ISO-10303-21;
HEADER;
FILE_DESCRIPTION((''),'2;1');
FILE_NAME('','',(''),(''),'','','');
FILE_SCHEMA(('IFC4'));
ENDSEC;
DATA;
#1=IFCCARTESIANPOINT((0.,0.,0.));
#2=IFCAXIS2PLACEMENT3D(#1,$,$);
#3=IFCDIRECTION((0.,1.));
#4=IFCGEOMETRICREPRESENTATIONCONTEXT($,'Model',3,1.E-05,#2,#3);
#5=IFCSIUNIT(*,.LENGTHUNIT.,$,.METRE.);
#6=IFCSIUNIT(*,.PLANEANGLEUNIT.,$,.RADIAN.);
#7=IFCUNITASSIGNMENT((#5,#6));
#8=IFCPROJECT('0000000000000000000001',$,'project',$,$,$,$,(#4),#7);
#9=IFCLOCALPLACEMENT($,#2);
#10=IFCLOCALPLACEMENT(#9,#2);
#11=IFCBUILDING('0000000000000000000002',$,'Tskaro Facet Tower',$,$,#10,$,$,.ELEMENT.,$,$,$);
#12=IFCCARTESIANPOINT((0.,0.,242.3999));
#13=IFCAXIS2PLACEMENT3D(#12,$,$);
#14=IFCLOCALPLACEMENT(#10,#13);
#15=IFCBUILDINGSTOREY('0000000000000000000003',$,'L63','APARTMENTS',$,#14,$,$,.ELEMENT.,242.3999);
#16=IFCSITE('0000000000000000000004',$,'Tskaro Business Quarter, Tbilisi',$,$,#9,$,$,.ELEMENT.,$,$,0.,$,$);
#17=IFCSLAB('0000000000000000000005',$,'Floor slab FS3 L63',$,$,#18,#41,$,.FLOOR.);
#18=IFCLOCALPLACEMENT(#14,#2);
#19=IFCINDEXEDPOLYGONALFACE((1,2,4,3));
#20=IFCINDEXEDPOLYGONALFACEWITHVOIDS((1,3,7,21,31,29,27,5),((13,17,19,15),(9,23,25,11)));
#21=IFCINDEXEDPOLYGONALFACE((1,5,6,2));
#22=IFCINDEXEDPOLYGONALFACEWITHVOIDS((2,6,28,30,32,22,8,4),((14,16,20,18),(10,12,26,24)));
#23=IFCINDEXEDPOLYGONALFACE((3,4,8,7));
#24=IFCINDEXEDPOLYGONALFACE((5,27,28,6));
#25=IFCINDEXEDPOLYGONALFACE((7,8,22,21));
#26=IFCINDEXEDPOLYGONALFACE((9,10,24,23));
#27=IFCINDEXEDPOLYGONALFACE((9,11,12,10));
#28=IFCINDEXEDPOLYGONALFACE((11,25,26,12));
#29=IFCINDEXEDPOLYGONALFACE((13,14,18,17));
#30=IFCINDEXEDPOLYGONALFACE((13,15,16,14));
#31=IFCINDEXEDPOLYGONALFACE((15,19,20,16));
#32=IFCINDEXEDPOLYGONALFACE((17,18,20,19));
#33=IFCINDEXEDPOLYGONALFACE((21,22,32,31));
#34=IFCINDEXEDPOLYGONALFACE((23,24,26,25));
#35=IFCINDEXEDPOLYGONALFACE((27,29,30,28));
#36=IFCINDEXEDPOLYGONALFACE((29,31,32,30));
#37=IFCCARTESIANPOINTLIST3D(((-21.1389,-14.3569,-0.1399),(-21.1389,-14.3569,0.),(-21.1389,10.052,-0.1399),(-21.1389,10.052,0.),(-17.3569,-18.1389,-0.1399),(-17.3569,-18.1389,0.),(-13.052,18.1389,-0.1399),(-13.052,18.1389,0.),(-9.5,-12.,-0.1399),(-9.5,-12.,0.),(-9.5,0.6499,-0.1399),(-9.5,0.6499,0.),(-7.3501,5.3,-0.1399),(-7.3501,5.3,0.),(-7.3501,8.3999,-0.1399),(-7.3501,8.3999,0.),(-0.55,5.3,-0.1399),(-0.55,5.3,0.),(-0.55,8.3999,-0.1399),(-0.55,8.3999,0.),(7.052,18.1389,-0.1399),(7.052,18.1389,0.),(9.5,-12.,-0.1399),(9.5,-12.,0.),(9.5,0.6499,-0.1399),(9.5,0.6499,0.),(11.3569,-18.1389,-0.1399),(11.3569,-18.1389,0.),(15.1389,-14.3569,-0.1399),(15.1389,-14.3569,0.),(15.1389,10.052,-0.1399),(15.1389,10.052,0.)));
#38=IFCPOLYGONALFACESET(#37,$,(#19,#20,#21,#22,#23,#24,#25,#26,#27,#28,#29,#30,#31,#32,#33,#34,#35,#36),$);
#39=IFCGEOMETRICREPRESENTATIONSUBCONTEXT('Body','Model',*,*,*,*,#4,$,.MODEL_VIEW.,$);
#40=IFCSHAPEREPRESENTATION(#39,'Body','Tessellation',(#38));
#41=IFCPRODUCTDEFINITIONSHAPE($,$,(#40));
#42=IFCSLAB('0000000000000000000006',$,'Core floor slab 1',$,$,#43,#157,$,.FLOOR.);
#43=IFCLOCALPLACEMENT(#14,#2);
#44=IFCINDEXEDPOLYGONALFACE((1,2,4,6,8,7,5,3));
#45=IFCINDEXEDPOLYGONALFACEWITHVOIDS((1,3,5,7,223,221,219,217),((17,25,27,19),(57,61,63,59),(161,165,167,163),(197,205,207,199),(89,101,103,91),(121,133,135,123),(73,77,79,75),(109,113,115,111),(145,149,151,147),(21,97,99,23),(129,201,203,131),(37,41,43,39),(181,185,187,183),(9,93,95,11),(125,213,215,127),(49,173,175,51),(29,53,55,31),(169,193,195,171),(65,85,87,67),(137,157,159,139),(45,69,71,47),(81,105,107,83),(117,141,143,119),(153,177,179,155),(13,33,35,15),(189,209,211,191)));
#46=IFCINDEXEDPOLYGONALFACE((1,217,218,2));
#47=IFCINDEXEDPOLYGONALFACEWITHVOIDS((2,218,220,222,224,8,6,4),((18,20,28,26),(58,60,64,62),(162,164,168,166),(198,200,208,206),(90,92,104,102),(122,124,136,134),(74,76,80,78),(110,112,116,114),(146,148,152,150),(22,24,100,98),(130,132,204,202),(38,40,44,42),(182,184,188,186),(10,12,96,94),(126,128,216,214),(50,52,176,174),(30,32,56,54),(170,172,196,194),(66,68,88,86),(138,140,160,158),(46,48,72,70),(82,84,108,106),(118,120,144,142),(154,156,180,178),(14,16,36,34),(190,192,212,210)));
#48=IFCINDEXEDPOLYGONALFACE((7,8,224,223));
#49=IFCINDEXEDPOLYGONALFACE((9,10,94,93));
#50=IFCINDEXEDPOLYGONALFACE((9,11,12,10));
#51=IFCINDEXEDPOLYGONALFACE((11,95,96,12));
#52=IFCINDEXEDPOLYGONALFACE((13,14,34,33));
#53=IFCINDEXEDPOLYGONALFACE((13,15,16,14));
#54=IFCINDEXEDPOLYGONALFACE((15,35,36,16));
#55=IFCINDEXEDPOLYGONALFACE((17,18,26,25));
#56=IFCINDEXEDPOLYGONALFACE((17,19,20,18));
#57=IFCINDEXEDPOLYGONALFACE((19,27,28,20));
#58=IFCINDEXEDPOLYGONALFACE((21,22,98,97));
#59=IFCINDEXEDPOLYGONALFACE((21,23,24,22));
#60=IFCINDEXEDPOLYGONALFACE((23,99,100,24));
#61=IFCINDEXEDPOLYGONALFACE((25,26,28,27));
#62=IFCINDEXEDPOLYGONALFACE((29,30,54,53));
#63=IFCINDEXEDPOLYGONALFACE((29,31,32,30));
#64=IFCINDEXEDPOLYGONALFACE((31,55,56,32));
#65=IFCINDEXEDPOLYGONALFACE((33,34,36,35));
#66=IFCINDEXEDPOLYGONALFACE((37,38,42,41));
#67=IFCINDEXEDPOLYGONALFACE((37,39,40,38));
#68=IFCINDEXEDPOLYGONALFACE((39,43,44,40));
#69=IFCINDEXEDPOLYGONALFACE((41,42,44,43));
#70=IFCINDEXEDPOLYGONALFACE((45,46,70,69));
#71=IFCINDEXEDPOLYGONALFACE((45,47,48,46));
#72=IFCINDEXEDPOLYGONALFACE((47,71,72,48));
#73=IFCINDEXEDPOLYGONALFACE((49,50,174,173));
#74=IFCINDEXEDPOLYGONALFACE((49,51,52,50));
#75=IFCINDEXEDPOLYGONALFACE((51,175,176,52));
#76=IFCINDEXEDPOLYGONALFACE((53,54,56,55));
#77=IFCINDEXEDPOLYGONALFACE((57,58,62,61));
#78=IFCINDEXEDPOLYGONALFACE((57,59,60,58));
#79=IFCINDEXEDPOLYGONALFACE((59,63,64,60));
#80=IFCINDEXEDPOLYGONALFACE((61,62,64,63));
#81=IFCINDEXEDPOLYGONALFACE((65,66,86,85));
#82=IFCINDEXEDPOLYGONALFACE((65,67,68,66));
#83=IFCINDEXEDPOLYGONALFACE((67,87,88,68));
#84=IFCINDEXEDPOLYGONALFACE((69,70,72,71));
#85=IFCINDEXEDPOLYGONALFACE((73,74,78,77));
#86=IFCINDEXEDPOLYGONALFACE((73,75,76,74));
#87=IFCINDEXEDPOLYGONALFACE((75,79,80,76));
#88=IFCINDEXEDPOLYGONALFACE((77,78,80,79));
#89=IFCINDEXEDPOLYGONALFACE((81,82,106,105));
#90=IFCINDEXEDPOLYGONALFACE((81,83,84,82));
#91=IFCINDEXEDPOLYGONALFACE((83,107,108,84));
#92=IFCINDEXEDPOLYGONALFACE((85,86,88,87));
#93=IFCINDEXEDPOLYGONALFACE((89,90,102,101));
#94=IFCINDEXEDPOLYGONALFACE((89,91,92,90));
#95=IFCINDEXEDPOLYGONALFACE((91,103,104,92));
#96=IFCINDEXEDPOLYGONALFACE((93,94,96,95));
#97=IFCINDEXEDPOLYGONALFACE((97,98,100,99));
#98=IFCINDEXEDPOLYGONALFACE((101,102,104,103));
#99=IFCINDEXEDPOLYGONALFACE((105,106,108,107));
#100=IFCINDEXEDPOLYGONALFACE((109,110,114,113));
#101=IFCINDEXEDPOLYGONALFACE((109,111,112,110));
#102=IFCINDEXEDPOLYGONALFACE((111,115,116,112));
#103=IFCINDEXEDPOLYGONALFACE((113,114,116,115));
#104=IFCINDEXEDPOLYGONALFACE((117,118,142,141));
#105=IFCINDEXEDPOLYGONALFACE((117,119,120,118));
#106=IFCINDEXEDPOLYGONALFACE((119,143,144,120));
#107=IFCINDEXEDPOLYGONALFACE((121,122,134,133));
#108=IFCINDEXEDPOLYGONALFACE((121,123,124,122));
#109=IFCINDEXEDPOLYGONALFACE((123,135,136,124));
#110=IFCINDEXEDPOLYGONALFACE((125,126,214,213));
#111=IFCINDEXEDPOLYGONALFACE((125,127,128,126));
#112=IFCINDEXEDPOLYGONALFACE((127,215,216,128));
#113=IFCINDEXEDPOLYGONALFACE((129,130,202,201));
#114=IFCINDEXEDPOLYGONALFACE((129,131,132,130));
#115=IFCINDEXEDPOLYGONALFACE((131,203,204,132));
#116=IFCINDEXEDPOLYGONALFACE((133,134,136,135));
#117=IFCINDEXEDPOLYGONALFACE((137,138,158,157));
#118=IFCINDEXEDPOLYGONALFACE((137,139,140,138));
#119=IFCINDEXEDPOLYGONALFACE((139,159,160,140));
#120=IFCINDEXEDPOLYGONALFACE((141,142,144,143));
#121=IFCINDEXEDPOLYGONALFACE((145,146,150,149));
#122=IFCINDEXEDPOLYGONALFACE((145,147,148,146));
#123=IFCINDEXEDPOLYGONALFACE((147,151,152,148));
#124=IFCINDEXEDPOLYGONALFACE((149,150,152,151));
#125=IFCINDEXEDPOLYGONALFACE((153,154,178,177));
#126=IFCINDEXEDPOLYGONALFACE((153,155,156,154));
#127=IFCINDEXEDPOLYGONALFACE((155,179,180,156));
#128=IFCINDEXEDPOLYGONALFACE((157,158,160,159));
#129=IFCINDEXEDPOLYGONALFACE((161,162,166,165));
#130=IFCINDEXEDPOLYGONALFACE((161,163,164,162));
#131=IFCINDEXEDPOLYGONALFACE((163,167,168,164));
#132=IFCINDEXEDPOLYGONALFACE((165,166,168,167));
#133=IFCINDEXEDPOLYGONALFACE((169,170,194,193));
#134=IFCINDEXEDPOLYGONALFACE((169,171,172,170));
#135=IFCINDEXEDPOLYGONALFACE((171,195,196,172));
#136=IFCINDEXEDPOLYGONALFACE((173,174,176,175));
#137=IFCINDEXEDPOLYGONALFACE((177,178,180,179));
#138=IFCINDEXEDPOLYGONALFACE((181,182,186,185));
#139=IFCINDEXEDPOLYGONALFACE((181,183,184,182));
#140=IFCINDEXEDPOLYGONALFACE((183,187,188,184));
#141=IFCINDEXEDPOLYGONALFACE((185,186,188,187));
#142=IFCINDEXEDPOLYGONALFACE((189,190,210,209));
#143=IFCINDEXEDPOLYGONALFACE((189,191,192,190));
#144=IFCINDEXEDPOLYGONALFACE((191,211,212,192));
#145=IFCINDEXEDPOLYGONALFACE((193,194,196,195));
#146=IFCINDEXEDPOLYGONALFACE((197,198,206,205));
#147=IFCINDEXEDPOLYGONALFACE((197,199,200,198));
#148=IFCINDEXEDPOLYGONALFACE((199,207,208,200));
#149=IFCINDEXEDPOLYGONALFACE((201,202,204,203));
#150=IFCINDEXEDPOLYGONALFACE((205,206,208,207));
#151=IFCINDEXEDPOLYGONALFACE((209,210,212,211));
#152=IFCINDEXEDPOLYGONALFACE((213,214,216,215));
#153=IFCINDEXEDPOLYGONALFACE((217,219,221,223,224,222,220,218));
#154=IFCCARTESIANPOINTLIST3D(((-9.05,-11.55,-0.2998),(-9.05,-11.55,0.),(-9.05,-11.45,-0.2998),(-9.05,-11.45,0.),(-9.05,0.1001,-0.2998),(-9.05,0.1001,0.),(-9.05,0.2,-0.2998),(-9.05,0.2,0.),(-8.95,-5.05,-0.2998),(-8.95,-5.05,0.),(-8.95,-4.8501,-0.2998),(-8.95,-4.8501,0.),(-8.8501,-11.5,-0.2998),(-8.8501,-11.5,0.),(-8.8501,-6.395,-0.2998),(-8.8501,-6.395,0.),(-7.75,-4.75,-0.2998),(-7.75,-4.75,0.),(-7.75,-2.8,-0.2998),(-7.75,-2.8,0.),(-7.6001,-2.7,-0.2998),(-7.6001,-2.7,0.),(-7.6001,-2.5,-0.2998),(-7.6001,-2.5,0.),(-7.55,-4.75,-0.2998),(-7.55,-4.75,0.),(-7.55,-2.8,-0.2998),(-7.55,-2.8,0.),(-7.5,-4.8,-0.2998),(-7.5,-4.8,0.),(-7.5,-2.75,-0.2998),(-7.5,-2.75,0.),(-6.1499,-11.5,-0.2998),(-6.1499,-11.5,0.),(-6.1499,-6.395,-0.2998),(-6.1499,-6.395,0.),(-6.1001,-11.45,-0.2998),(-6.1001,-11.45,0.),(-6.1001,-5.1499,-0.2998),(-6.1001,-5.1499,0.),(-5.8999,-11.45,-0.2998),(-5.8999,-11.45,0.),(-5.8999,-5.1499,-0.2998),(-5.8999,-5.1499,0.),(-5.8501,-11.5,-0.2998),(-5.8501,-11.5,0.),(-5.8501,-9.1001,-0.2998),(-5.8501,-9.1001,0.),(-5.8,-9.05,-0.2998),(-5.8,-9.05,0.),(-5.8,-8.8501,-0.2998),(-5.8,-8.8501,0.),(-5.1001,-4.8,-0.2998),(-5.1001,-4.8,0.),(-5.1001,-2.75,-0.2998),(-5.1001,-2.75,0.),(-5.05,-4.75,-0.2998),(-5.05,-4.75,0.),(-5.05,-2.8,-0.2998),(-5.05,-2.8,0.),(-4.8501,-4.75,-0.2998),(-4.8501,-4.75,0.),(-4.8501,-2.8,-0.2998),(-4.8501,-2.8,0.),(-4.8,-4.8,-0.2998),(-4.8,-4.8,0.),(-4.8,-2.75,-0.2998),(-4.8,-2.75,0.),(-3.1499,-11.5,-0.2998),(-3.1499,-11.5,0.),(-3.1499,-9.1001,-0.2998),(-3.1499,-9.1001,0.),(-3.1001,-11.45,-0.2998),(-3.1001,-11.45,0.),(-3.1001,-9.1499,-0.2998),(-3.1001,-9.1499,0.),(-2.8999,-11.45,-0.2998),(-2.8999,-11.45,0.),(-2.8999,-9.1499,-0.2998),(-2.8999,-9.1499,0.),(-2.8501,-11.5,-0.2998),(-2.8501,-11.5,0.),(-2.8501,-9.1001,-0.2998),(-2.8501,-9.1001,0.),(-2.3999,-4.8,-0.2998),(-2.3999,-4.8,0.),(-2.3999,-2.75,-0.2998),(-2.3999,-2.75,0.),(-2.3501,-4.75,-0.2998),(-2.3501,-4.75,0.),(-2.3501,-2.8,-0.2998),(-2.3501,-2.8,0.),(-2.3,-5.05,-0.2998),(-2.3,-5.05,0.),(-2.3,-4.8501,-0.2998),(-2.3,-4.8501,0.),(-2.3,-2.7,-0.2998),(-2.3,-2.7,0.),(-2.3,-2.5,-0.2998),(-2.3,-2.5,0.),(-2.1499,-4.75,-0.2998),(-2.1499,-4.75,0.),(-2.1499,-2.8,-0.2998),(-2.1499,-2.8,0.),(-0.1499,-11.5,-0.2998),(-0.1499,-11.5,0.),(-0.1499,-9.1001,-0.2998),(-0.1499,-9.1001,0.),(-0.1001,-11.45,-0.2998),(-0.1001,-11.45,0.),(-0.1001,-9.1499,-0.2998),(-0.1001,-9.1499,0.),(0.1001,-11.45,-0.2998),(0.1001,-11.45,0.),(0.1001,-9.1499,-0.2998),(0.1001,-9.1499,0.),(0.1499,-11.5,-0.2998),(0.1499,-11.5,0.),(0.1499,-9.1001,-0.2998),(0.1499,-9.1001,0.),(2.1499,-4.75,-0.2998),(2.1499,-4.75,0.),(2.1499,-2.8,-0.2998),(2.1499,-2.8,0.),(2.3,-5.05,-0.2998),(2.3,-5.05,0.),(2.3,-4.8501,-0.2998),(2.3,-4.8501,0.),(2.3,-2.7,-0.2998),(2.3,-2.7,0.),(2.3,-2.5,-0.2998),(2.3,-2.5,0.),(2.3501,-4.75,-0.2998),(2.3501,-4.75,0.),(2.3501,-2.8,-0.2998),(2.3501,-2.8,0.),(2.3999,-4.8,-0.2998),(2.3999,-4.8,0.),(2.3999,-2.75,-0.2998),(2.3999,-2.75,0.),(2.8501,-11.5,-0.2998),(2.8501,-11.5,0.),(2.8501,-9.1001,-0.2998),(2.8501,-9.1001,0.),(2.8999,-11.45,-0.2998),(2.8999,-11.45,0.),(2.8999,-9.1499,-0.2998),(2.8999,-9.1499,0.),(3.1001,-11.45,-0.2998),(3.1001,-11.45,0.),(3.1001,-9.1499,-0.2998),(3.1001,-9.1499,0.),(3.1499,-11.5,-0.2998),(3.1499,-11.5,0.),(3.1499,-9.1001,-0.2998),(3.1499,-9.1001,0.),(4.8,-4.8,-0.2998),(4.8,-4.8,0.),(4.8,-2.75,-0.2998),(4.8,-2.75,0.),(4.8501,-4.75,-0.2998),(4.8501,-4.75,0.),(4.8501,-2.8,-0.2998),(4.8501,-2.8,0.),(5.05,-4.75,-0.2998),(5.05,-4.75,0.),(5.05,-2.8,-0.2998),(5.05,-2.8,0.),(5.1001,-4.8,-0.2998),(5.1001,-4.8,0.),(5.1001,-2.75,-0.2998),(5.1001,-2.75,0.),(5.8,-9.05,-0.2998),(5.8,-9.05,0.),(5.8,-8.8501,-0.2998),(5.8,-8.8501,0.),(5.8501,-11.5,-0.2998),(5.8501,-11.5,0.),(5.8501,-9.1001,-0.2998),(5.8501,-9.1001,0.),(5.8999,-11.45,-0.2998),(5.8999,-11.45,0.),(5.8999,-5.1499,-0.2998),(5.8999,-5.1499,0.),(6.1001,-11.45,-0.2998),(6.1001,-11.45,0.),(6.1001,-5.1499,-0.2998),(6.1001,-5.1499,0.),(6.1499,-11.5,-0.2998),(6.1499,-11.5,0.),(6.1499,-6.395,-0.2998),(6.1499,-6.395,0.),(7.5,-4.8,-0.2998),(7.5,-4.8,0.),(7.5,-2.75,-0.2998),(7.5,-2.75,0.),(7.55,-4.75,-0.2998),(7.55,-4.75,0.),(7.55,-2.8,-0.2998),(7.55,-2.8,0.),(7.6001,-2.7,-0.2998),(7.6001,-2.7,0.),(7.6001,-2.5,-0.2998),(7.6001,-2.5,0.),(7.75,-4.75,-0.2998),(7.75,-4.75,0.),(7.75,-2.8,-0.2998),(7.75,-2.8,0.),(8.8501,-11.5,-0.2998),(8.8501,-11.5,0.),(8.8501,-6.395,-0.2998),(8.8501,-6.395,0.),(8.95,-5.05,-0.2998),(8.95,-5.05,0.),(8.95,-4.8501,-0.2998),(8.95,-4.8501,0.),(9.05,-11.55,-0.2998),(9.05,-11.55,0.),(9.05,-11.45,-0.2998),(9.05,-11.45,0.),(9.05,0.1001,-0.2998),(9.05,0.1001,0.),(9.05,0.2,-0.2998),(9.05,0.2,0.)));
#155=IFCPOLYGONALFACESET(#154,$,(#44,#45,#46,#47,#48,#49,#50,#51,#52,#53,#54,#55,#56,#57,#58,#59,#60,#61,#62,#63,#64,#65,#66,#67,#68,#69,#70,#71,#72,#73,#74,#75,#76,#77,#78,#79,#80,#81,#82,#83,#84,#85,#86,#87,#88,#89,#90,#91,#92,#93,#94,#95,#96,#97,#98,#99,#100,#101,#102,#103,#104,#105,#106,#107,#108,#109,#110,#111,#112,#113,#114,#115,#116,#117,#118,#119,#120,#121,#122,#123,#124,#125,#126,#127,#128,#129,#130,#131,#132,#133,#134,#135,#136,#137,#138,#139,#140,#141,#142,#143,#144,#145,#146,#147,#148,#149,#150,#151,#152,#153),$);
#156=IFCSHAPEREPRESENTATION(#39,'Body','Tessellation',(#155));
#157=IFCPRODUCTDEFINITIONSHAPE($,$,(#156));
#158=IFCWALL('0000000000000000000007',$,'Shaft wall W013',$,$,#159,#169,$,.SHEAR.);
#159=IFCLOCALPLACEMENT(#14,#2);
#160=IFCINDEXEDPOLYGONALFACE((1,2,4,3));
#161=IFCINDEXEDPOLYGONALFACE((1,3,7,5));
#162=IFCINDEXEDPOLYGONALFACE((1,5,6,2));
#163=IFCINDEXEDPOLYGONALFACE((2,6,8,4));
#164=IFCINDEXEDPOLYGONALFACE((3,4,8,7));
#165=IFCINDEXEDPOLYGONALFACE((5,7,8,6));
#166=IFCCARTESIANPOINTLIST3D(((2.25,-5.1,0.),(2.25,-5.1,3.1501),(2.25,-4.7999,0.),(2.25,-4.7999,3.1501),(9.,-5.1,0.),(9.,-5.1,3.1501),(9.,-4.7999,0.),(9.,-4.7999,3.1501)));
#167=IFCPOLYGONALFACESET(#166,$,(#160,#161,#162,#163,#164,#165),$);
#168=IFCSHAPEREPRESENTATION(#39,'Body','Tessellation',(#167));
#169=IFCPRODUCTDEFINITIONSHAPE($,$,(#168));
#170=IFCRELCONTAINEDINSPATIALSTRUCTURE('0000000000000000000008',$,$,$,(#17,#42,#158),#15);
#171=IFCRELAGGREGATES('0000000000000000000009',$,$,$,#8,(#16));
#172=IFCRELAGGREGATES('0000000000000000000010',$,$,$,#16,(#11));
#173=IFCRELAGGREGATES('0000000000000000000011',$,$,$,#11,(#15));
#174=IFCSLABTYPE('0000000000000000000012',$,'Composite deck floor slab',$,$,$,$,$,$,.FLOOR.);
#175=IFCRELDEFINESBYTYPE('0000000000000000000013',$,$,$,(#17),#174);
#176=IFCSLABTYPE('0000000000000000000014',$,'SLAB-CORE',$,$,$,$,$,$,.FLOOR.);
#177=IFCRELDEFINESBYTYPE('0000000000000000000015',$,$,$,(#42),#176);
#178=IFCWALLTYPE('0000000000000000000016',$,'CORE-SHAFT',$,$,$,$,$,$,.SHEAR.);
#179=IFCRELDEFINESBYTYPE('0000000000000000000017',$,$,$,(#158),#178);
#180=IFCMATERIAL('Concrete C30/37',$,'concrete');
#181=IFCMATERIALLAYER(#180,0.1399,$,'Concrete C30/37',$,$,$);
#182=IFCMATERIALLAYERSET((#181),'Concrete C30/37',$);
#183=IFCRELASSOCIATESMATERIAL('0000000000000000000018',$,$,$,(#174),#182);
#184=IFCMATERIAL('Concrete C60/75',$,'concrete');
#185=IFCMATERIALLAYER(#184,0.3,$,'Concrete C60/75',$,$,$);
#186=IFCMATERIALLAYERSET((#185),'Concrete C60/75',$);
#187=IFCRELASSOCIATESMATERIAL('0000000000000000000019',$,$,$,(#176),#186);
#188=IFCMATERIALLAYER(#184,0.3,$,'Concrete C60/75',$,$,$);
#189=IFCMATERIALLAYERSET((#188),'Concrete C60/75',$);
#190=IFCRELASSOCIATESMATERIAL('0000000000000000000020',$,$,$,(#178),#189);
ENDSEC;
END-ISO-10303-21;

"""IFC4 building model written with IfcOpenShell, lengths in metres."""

from ifc_helpers import new_model, si_unit, direction, frame, frame_2d, origin, place, context, subcontext, project, spatial, polyline, rectangle, outline, extrude, material, layer, layer_set, type_object, element, save


model = new_model("IFC4")

# Units and contexts
model_context = context("Model", 3, precision=1e-05, world=origin(), true_north=direction((0.0, 1.0)))
body_context = subcontext(model_context, "Body", "Model", "MODEL_VIEW")
ifc_project = project(units=[si_unit("LENGTHUNIT", "METRE"), si_unit("PLANEANGLEUNIT", "RADIAN")], contexts=[model_context])

# Site, building, storey
site_placement = place(None, origin())
site = spatial("IfcSite", under=ifc_project, at=site_placement, Name="Tskaro Business Quarter, Tbilisi", CompositionType="ELEMENT", RefElevation=0.0)
building_placement = place(site_placement, origin())
building = spatial("IfcBuilding", under=site, at=building_placement, Name="Tskaro Facet Tower", CompositionType="ELEMENT")
storey_placement = place(building_placement, frame((0.0, 0.0, 242.3999)))
storey = spatial("IfcBuildingStorey", under=building, at=storey_placement, Name="L63", Description="APARTMENTS", CompositionType="ELEMENT", Elevation=242.3999)

# Slabs
ifc_material_1 = material(Name="Concrete C30/37", Category="concrete")
ifc_layer_1 = layer(ifc_material_1, 0.1399, Name="Concrete C30/37")
ifc_layer_set_1 = layer_set([ifc_layer_1], Name="Concrete C30/37")
slab_type_1 = type_object("IfcSlabType", Name="Composite deck floor slab", PredefinedType="FLOOR", material=ifc_layer_set_1)
slab_1_placement = place(storey_placement, frame((0.0, 0.0, -0.1399)))
element("IfcSlab", 1, at=slab_1_placement, inside=storey, type_object=slab_type_1, Name="Floor slab FS3 L63", PredefinedType="FLOOR", context=body_context, shape_type="SweptSolid", body=[
    extrude(outline(polyline([(-17.3569, -18.1389), (11.3569, -18.1389), (15.1389, -14.3569), (15.1389, 10.052), (7.052, 18.1389), (-13.052, 18.1389), (-21.1389, 10.052), (-21.1389, -14.3569), (-17.3569, -18.1389)]), holes=[polyline([(-9.5, -12.0), (9.5, -12.0), (9.5, 0.6499), (-9.5, 0.6499), (-9.5, -12.0)]), polyline([(-7.3501, 5.3), (-0.55, 5.3), (-0.55, 8.3999), (-7.3501, 8.3999), (-7.3501, 5.3)])]), origin(), (0.0, 0.0, 1.0), 0.1399),
])
ifc_material_2 = material(Name="Concrete C60/75", Category="concrete")
ifc_layer_2 = layer(ifc_material_2, 0.3, Name="Concrete C60/75")
ifc_layer_set_2 = layer_set([ifc_layer_2], Name="Concrete C60/75")
slab_type_2 = type_object("IfcSlabType", Name="SLAB-CORE", PredefinedType="FLOOR", material=ifc_layer_set_2)
slab_2_placement = place(storey_placement, frame((0.0, 0.0, -0.2998)))
element("IfcSlab", 2, at=slab_2_placement, inside=storey, type_object=slab_type_2, Name="Core floor slab 1", PredefinedType="FLOOR", context=body_context, shape_type="SweptSolid", body=[
    extrude(outline(polyline([(-9.05, 0.2), (9.05, 0.2), (9.05, 0.1001), (9.05, -11.45), (9.05, -11.55), (-9.05, -11.55), (-9.05, -11.45), (-9.05, 0.1001), (-9.05, 0.2)]), holes=[polyline([(-5.8501, -9.1001), (-5.8501, -11.5), (-3.1499, -11.5), (-3.1499, -9.1001), (-5.8501, -9.1001)]), polyline([(-3.1001, -11.45), (-2.8999, -11.45), (-2.8999, -9.1499), (-3.1001, -9.1499), (-3.1001, -11.45)]), polyline([(-2.8501, -9.1001), (-2.8501, -11.5), (-0.1499, -11.5), (-0.1499, -9.1001), (-2.8501, -9.1001)]), polyline([(-6.1001, -11.45), (-5.8999, -11.45), (-5.8999, -5.1499), (-6.1001, -5.1499), (-6.1001, -11.45)]), polyline([(-8.95, -5.05), (-2.3, -5.05), (-2.3, -4.8501), (-8.95, -4.8501), (-8.95, -5.05)]), polyline([(-7.75, -4.75), (-7.55, -4.75), (-7.55, -2.8), (-7.75, -2.8), (-7.75, -4.75)]), polyline([(-7.5, -2.75), (-7.5, -4.8), (-5.1001, -4.8), (-5.1001, -2.75), (-7.5, -2.75)]), polyline([(-5.05, -4.75), (-4.8501, -4.75), (-4.8501, -2.8), (-5.05, -2.8), (-5.05, -4.75)]), polyline([(-2.3999, -2.75), (-4.8, -2.75), (-4.8, -4.8), (-2.3999, -4.8), (-2.3999, -2.75)]), polyline([(-2.3501, -4.75), (-2.1499, -4.75), (-2.1499, -2.8), (-2.3501, -2.8), (-2.3501, -4.75)]), polyline([(-7.6001, -2.7), (-2.3, -2.7), (-2.3, -2.5), (-7.6001, -2.5), (-7.6001, -2.7)]), polyline([(-0.1001, -11.45), (0.1001, -11.45), (0.1001, -9.1499), (-0.1001, -9.1499), (-0.1001, -11.45)]), polyline([(0.1499, -9.1001), (0.1499, -11.5), (2.8501, -11.5), (2.8501, -9.1001), (0.1499, -9.1001)]), polyline([(2.8999, -11.45), (3.1001, -11.45), (3.1001, -9.1499), (2.8999, -9.1499), (2.8999, -11.45)]), polyline([(3.1499, -9.1001), (3.1499, -11.5), (5.8501, -11.5), (5.8501, -9.1001), (3.1499, -9.1001)]), polyline([(-5.8, -9.05), (5.8, -9.05), (5.8, -8.8501), (-5.8, -8.8501), (-5.8, -9.05)]), polyline([(5.8999, -11.45), (6.1001, -11.45), (6.1001, -5.1499), (5.8999, -5.1499), (5.8999, -11.45)]), polyline([(2.3, -5.05), (8.95, -5.05), (8.95, -4.8501), (2.3, -4.8501), (2.3, -5.05)]), polyline([(2.1499, -4.75), (2.3501, -4.75), (2.3501, -2.8), (2.1499, -2.8), (2.1499, -4.75)]), polyline([(2.3999, -4.8), (4.8, -4.8), (4.8, -2.75), (2.3999, -2.75), (2.3999, -4.8)]), polyline([(4.8501, -4.75), (5.05, -4.75), (5.05, -2.8), (4.8501, -2.8), (4.8501, -4.75)]), polyline([(5.1001, -4.8), (7.5, -4.8), (7.5, -2.75), (5.1001, -2.75), (5.1001, -4.8)]), polyline([(7.55, -4.75), (7.75, -4.75), (7.75, -2.8), (7.55, -2.8), (7.55, -4.75)]), polyline([(2.3, -2.7), (7.6001, -2.7), (7.6001, -2.5), (2.3, -2.5), (2.3, -2.7)]), polyline([(-8.8501, -11.5), (-6.1499, -11.5), (-6.1499, -6.395), (-8.8501, -6.395), (-8.8501, -11.5)]), polyline([(6.1499, -6.395), (6.1499, -11.5), (8.8501, -11.5), (8.8501, -6.395), (6.1499, -6.395)])]), origin(), (0.0, 0.0, 1.0), 0.2998),
])

# Wall
ifc_layer_3 = layer(ifc_material_2, 0.3, Name="Concrete C60/75")
ifc_layer_set_3 = layer_set([ifc_layer_3], Name="Concrete C60/75")
wall_type_1 = type_object("IfcWallType", Name="CORE-SHAFT", PredefinedType="SHEAR", material=ifc_layer_set_3)
wall_1_placement = place(storey_placement, frame((2.25, -4.95, 0.0), z_axis=(0.0, 0.0, 1.0), x_axis=(1.0, 0.0, 0.0)))
element("IfcWall", 3, at=wall_1_placement, inside=storey, type_object=wall_type_1, Name="Shaft wall W013", PredefinedType="SHEAR", context=body_context, shape_type="SweptSolid", body=[
    extrude(rectangle(XDim=6.75, YDim=0.3, at=frame_2d((3.375, 0.0))), origin(), (0.0, 0.0, 1.0), 3.1501),
])

save(model, "model.ifc")
